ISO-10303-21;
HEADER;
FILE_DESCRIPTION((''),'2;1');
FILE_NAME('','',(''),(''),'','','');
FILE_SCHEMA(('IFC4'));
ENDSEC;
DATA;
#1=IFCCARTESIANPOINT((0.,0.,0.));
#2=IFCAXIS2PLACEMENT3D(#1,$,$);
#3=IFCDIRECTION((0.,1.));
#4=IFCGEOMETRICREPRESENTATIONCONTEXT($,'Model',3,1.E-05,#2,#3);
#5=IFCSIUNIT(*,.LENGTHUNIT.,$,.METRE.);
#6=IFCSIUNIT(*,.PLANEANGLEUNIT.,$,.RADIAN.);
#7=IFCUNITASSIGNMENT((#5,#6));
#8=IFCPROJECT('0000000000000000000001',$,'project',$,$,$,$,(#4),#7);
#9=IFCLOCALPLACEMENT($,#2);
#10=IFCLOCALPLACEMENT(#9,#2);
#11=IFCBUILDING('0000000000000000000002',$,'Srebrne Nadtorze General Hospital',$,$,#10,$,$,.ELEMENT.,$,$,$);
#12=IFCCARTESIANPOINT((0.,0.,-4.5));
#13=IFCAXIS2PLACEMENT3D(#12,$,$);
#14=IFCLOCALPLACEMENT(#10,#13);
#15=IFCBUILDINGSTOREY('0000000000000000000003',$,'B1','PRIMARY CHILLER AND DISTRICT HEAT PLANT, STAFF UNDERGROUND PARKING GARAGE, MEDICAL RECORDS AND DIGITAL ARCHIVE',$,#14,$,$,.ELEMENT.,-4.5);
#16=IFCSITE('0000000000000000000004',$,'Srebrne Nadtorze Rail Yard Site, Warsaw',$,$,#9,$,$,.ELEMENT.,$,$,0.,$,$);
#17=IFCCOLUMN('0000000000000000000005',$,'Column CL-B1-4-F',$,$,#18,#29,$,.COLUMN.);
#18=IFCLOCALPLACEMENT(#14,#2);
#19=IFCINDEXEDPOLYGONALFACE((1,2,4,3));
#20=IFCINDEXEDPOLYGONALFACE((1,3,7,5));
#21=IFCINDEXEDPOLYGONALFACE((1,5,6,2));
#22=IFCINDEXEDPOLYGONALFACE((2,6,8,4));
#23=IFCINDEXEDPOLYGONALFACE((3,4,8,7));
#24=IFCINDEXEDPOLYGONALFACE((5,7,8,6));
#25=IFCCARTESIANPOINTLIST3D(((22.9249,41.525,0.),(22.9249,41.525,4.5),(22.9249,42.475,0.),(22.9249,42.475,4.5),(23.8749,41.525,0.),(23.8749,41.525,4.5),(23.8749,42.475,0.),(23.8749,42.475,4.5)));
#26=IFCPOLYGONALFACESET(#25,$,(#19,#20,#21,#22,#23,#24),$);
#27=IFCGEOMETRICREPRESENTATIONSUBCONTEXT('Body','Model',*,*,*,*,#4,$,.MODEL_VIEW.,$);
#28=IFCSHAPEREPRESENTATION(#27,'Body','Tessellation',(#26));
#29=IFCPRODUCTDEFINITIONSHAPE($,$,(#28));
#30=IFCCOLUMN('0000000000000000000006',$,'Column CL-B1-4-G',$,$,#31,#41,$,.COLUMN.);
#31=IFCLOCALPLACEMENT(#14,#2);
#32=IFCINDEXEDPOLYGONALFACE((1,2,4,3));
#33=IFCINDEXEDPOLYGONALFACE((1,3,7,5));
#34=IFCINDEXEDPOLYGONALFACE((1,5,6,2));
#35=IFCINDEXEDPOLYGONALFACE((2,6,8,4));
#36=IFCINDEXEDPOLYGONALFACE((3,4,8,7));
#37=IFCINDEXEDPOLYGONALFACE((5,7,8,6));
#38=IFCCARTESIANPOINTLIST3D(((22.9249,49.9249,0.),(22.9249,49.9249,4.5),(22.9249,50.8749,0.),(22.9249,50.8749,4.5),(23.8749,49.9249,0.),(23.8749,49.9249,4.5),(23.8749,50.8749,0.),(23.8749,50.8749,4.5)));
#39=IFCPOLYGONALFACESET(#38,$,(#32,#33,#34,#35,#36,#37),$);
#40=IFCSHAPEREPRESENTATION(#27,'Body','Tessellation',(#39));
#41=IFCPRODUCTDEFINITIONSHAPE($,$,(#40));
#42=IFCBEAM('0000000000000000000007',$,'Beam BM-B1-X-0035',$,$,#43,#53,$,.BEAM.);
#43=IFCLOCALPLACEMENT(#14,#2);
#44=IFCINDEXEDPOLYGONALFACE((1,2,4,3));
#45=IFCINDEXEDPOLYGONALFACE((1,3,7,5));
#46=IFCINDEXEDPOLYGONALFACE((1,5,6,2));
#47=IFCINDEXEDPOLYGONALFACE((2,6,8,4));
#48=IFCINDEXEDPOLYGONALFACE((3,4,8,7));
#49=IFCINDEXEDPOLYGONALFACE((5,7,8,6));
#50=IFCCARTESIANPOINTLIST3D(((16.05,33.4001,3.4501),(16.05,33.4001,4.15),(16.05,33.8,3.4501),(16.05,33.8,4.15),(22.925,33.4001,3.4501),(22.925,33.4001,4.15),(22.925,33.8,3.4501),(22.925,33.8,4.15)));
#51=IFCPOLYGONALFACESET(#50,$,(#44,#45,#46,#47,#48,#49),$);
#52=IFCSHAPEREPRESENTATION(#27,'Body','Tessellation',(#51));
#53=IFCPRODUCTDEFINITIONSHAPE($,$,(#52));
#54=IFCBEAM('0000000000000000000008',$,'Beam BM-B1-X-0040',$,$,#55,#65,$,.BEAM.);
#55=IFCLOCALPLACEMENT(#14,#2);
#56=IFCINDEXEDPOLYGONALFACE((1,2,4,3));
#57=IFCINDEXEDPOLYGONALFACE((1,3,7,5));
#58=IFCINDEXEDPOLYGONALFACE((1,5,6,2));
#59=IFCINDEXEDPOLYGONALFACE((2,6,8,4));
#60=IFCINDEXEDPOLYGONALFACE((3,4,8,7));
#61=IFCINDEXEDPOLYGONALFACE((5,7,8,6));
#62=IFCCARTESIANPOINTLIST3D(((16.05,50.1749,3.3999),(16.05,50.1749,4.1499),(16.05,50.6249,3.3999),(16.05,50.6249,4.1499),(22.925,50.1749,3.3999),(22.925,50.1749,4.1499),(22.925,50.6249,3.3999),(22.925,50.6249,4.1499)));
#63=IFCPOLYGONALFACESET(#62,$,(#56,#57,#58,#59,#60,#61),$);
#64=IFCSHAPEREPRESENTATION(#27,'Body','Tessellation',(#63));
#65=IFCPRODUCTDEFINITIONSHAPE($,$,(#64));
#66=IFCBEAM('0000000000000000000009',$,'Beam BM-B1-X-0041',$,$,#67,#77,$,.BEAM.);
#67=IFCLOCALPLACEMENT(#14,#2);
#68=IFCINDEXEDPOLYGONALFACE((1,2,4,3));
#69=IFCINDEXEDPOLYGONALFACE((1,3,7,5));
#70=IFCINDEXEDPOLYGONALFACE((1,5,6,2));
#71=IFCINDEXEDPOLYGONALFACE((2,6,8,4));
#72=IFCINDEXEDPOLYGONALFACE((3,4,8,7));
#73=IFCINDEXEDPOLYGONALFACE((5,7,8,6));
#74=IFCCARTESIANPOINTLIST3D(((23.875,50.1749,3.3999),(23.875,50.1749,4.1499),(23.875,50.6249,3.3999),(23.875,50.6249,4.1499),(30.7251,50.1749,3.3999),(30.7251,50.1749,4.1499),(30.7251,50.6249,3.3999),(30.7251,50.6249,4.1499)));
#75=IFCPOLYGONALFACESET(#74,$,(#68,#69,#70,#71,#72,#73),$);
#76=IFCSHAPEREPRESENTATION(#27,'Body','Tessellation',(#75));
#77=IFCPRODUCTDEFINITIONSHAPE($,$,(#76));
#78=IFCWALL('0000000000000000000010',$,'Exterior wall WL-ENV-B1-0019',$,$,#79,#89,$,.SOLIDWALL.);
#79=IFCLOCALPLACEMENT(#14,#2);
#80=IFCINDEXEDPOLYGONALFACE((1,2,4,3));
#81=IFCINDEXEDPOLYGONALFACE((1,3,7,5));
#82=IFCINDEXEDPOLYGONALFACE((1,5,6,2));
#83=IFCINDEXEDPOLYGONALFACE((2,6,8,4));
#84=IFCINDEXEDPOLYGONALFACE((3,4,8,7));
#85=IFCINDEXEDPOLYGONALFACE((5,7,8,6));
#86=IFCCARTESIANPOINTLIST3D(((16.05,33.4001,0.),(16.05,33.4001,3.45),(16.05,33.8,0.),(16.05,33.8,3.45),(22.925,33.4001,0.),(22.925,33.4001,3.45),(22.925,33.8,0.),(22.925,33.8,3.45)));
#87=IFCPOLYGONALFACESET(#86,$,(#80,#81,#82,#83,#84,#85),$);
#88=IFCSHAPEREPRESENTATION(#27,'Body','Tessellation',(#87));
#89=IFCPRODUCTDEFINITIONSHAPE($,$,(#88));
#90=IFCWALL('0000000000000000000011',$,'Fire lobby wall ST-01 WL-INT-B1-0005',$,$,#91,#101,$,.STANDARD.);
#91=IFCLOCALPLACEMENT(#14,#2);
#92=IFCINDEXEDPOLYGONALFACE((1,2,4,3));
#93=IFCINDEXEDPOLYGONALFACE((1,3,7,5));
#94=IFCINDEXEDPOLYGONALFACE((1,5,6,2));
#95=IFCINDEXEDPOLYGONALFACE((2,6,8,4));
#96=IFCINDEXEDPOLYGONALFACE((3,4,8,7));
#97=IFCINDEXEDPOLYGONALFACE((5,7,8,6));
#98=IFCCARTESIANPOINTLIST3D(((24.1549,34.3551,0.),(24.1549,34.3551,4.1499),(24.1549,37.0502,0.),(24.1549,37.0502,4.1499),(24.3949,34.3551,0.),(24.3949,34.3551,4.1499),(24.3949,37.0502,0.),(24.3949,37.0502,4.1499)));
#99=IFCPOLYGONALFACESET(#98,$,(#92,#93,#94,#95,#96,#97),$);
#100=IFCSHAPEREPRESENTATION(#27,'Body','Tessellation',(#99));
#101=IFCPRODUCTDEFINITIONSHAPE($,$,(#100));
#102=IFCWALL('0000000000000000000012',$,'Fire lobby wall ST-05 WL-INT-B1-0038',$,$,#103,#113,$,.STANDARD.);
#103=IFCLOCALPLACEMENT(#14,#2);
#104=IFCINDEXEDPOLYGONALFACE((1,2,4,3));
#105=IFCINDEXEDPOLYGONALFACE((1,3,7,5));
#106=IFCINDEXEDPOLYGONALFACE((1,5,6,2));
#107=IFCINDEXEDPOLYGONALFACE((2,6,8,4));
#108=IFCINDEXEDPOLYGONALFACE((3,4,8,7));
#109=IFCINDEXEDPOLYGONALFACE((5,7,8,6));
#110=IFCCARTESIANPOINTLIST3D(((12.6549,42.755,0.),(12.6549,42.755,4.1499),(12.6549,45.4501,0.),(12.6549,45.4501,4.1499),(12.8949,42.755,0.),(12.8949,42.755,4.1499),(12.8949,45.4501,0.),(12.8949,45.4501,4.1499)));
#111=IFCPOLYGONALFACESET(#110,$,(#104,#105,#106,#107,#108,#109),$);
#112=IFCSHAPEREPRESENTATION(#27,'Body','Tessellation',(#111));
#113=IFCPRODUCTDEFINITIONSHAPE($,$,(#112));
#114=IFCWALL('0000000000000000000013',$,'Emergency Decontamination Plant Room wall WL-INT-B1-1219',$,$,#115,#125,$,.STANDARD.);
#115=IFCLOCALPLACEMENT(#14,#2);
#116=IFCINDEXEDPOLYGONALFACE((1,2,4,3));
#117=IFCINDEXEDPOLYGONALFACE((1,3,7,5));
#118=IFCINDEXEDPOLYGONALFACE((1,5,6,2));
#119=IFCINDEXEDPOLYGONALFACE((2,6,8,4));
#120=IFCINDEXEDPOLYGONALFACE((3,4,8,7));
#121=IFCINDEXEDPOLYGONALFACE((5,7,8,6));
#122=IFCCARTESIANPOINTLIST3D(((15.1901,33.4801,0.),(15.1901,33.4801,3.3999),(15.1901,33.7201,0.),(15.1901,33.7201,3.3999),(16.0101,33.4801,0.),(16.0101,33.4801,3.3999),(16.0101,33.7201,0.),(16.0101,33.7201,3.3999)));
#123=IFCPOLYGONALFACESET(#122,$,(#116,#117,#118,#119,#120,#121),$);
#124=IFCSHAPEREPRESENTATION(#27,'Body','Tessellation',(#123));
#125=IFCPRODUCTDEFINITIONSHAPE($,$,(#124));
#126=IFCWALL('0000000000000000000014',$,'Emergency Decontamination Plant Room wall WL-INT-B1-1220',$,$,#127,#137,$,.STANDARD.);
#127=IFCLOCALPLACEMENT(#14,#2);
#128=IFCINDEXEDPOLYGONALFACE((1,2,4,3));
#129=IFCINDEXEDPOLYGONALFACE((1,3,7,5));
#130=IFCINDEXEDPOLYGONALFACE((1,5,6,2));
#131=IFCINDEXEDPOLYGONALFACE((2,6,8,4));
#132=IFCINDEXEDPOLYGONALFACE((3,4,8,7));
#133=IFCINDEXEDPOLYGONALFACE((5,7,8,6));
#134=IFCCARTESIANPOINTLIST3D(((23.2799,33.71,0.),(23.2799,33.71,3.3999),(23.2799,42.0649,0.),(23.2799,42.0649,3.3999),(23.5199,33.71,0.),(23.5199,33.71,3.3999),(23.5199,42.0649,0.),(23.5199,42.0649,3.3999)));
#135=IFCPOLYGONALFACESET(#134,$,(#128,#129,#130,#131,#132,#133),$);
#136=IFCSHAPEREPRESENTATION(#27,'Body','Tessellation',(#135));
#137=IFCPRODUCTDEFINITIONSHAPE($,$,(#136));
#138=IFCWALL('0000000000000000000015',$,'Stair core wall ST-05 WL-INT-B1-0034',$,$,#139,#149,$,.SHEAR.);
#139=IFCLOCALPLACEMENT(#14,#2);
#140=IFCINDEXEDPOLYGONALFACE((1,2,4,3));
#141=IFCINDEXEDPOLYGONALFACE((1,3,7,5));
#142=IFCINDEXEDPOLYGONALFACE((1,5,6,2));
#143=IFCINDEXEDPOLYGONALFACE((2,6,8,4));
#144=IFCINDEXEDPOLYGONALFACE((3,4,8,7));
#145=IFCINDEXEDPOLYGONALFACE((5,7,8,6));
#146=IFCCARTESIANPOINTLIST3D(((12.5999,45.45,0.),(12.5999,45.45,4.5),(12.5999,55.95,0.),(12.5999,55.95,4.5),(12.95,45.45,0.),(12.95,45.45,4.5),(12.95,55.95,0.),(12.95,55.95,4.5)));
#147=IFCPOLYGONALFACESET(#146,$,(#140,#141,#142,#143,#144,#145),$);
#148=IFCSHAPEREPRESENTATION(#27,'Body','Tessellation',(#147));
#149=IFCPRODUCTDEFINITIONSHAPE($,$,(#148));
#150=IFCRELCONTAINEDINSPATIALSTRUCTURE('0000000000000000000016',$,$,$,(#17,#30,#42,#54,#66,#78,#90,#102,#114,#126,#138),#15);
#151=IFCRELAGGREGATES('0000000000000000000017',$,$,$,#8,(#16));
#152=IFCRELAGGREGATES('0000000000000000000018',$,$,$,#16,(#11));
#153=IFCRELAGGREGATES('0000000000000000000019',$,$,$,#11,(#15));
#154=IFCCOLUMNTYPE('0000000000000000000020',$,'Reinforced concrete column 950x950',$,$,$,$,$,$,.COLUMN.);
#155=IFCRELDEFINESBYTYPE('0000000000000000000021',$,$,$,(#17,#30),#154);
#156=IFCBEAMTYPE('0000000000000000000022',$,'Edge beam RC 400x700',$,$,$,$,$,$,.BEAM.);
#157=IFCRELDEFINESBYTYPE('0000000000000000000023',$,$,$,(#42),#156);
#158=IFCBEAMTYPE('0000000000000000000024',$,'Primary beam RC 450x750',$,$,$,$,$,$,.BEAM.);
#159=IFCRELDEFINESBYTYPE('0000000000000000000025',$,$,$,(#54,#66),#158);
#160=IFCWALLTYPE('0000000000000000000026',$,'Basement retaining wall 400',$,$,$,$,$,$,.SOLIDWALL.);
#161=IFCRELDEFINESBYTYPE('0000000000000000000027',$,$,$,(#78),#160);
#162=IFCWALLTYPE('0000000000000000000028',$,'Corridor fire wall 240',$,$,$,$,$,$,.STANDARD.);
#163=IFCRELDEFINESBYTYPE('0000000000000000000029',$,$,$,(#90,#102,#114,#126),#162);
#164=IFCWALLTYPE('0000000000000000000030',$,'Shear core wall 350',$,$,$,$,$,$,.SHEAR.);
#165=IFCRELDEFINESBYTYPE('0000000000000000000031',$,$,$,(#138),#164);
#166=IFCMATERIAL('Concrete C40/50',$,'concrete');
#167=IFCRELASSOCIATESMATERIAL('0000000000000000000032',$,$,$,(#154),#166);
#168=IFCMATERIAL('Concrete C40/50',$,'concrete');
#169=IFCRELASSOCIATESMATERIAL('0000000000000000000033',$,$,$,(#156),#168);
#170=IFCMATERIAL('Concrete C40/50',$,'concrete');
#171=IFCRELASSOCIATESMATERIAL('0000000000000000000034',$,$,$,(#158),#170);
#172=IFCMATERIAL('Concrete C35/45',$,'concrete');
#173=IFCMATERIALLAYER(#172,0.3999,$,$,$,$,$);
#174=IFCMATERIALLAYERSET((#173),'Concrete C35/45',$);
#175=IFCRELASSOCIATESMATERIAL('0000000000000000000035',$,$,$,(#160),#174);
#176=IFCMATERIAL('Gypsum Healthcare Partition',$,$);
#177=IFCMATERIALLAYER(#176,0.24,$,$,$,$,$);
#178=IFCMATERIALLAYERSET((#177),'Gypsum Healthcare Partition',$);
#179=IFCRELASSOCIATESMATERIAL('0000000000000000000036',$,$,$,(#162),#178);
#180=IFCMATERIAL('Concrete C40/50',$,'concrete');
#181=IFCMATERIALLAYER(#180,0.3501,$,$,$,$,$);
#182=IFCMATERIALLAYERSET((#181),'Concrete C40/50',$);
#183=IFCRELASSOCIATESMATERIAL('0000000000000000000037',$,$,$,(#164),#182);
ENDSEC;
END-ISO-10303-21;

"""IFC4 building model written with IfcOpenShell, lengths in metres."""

from ifc_helpers import new_model, si_unit, direction, frame, frame_2d, origin, origin_2d, place, context, subcontext, project, spatial, rectangle, extrude, material, layer, layer_set, material_profile, profile_set, type_object, element, save


model = new_model("IFC4")

# Units and contexts
model_context = context("Model", 3, precision=1e-05, world=origin(), true_north=direction((0.0, 1.0)))
body_context = subcontext(model_context, "Body", "Model", "MODEL_VIEW")
ifc_project = project(units=[si_unit("LENGTHUNIT", "METRE"), si_unit("PLANEANGLEUNIT", "RADIAN")], contexts=[model_context])

# Site, building, storey
site_placement = place(None, origin())
site = spatial("IfcSite", under=ifc_project, at=site_placement, Name="Srebrne Nadtorze Rail Yard Site, Warsaw", CompositionType="ELEMENT", RefElevation=0.0)
building_placement = place(site_placement, origin())
building = spatial("IfcBuilding", under=site, at=building_placement, Name="Srebrne Nadtorze General Hospital", CompositionType="ELEMENT")
storey_placement = place(building_placement, frame((0.0, 0.0, -4.5)))
storey = spatial("IfcBuildingStorey", under=building, at=storey_placement, Name="B1", Description="PRIMARY CHILLER AND DISTRICT HEAT PLANT, STAFF UNDERGROUND PARKING GARAGE, MEDICAL RECORDS AND DIGITAL ARCHIVE", CompositionType="ELEMENT", Elevation=-4.5)

# Columns
ifc_material_1 = material(Name="Concrete C40/50", Category="concrete")
ifc_material_profile_1 = material_profile(ifc_material_1, rectangle(XDim=0.95, YDim=0.95, at=origin_2d()), Name="RC-COL-950x950")
ifc_profile_set_1 = profile_set([ifc_material_profile_1], Name="Concrete C40/50")
column_type_1 = type_object("IfcColumnType", Name="Reinforced concrete column 950x950", PredefinedType="COLUMN", material=ifc_profile_set_1)
for number, where, z_axis, x_axis, name in (
    (1, (23.3999, 42.0, 0.0), (0.0, 0.0, 1.0), (1.0, 0.0, 0.0), "Column CL-B1-4-F"),
    (2, (23.3999, 50.3999, 0.0), (0.0, 0.0, 1.0), (1.0, 0.0, 0.0), "Column CL-B1-4-G"),
):
    element("IfcColumn", number, at=place(storey_placement, frame(where, z_axis=z_axis, x_axis=x_axis)), inside=storey, type_object=column_type_1, Name=name, PredefinedType="COLUMN", context=body_context, shape_type="SweptSolid", body=[
        extrude(rectangle(XDim=0.95, YDim=0.95, at=origin_2d()), origin(), (0.0, 0.0, 1.0), 4.5),
    ])

# Beams
ifc_material_2 = material(Name="Concrete C40/50", Category="concrete")
ifc_material_profile_2 = material_profile(ifc_material_2, rectangle(XDim=0.3999, YDim=0.7, at=origin_2d()), Name="RC-BM-400x700")
ifc_profile_set_2 = profile_set([ifc_material_profile_2], Name="Concrete C40/50")
beam_type_1 = type_object("IfcBeamType", Name="Edge beam RC 400x700", PredefinedType="BEAM", material=ifc_profile_set_2)
beam_1_placement = place(storey_placement, frame((16.05, 33.6001, 3.8), z_axis=(1.0, 0.0, 0.0), x_axis=(0.0, 1.0, 0.0)))
element("IfcBeam", 3, at=beam_1_placement, inside=storey, type_object=beam_type_1, Name="Beam BM-B1-X-0035", PredefinedType="BEAM", context=body_context, shape_type="SweptSolid", body=[
    extrude(rectangle(XDim=0.3999, YDim=0.7, at=origin_2d()), origin(), (0.0, 0.0, 1.0), 6.875),
])
ifc_material_3 = material(Name="Concrete C40/50", Category="concrete")
ifc_material_profile_3 = material_profile(ifc_material_3, rectangle(XDim=0.45, YDim=0.75, at=origin_2d()), Name="RC-BM-450x750")
ifc_profile_set_3 = profile_set([ifc_material_profile_3], Name="Concrete C40/50")
beam_type_2 = type_object("IfcBeamType", Name="Primary beam RC 450x750", PredefinedType="BEAM", material=ifc_profile_set_3)
beam_2_placement = place(storey_placement, frame((16.05, 50.3999, 3.7749), z_axis=(1.0, 0.0, 0.0), x_axis=(0.0, 1.0, 0.0)))
element("IfcBeam", 4, at=beam_2_placement, inside=storey, type_object=beam_type_2, Name="Beam BM-B1-X-0040", PredefinedType="BEAM", context=body_context, shape_type="SweptSolid", body=[
    extrude(rectangle(XDim=0.45, YDim=0.75, at=origin_2d()), origin(), (0.0, 0.0, 1.0), 6.875),
])
beam_3_placement = place(storey_placement, frame((23.875, 50.3999, 3.7749), z_axis=(1.0, 0.0, 0.0), x_axis=(0.0, 1.0, 0.0)))
element("IfcBeam", 5, at=beam_3_placement, inside=storey, type_object=beam_type_2, Name="Beam BM-B1-X-0041", PredefinedType="BEAM", context=body_context, shape_type="SweptSolid", body=[
    extrude(rectangle(XDim=0.45, YDim=0.75, at=origin_2d()), origin(), (0.0, 0.0, 1.0), 6.8501),
])

# Walls
ifc_material_4 = material(Name="Concrete C35/45", Category="concrete")
ifc_layer_1 = layer(ifc_material_4, 0.3999)
ifc_layer_set_1 = layer_set([ifc_layer_1], Name="Concrete C35/45")
wall_type_1 = type_object("IfcWallType", Name="Basement retaining wall 400", PredefinedType="SOLIDWALL", material=ifc_layer_set_1)
wall_1_placement = place(storey_placement, frame((16.05, 33.6001, 0.0), z_axis=(0.0, 0.0, 1.0), x_axis=(1.0, 0.0, 0.0)))
element("IfcWall", 6, at=wall_1_placement, inside=storey, type_object=wall_type_1, Name="Exterior wall WL-ENV-B1-0019", PredefinedType="SOLIDWALL", context=body_context, shape_type="SweptSolid", body=[
    extrude(rectangle(XDim=6.875, YDim=0.3999, at=frame_2d((3.4375, 0.0))), origin(), (0.0, 0.0, 1.0), 3.45),
])
ifc_material_5 = material(Name="Gypsum Healthcare Partition")
ifc_layer_2 = layer(ifc_material_5, 0.24)
ifc_layer_set_2 = layer_set([ifc_layer_2], Name="Gypsum Healthcare Partition")
wall_type_2 = type_object("IfcWallType", Name="Corridor fire wall 240", PredefinedType="STANDARD", material=ifc_layer_set_2)
for number, where, z_axis, x_axis, name in (
    (7, (24.2749, 34.355, 0.0), (0.0, 0.0, 1.0), (0.0, 1.0, 0.0), "Fire lobby wall ST-01 WL-INT-B1-0005"),
    (8, (12.7749, 42.7549, 0.0), (0.0, 0.0, 1.0), (0.0, 1.0, 0.0), "Fire lobby wall ST-05 WL-INT-B1-0038"),
):
    element("IfcWall", number, at=place(storey_placement, frame(where, z_axis=z_axis, x_axis=x_axis)), inside=storey, type_object=wall_type_2, Name=name, PredefinedType="STANDARD", context=body_context, shape_type="SweptSolid", body=[
        extrude(rectangle(XDim=2.6951, YDim=0.24, at=frame_2d((1.3477, 0.0))), origin(), (0.0, 0.0, 1.0), 4.1499),
    ])
wall_2_placement = place(storey_placement, frame((15.1899, 33.6001, 0.0), z_axis=(0.0, 0.0, 1.0), x_axis=(1.0, 0.0, 0.0)))
element("IfcWall", 9, at=wall_2_placement, inside=storey, type_object=wall_type_2, Name="Emergency Decontamination Plant Room wall WL-INT-B1-1219", PredefinedType="STANDARD", context=body_context, shape_type="SweptSolid", body=[
    extrude(rectangle(XDim=0.8201, YDim=0.24, at=frame_2d((0.4102, 0.0))), origin(), (0.0, 0.0, 1.0), 3.3999),
])
wall_3_placement = place(storey_placement, frame((23.3999, 33.71, 0.0), z_axis=(0.0, 0.0, 1.0), x_axis=(0.0, 1.0, 0.0)))
element("IfcWall", 10, at=wall_3_placement, inside=storey, type_object=wall_type_2, Name="Emergency Decontamination Plant Room wall WL-INT-B1-1220", PredefinedType="STANDARD", context=body_context, shape_type="SweptSolid", body=[
    extrude(rectangle(XDim=8.355, YDim=0.24, at=frame_2d((4.1775, 0.0))), origin(), (0.0, 0.0, 1.0), 3.3999),
])
ifc_material_6 = material(Name="Concrete C40/50", Category="concrete")
ifc_layer_3 = layer(ifc_material_6, 0.3501)
ifc_layer_set_3 = layer_set([ifc_layer_3], Name="Concrete C40/50")
wall_type_3 = type_object("IfcWallType", Name="Shear core wall 350", PredefinedType="SHEAR", material=ifc_layer_set_3)
wall_4_placement = place(storey_placement, frame((12.7749, 45.45, 0.0), z_axis=(0.0, 0.0, 1.0), x_axis=(0.0, 1.0, 0.0)))
element("IfcWall", 11, at=wall_4_placement, inside=storey, type_object=wall_type_3, Name="Stair core wall ST-05 WL-INT-B1-0034", PredefinedType="SHEAR", context=body_context, shape_type="SweptSolid", body=[
    extrude(rectangle(XDim=10.5, YDim=0.3501, at=frame_2d((5.25, 0.0))), origin(), (0.0, 0.0, 1.0), 4.5),
])

save(model, "model.ifc")
